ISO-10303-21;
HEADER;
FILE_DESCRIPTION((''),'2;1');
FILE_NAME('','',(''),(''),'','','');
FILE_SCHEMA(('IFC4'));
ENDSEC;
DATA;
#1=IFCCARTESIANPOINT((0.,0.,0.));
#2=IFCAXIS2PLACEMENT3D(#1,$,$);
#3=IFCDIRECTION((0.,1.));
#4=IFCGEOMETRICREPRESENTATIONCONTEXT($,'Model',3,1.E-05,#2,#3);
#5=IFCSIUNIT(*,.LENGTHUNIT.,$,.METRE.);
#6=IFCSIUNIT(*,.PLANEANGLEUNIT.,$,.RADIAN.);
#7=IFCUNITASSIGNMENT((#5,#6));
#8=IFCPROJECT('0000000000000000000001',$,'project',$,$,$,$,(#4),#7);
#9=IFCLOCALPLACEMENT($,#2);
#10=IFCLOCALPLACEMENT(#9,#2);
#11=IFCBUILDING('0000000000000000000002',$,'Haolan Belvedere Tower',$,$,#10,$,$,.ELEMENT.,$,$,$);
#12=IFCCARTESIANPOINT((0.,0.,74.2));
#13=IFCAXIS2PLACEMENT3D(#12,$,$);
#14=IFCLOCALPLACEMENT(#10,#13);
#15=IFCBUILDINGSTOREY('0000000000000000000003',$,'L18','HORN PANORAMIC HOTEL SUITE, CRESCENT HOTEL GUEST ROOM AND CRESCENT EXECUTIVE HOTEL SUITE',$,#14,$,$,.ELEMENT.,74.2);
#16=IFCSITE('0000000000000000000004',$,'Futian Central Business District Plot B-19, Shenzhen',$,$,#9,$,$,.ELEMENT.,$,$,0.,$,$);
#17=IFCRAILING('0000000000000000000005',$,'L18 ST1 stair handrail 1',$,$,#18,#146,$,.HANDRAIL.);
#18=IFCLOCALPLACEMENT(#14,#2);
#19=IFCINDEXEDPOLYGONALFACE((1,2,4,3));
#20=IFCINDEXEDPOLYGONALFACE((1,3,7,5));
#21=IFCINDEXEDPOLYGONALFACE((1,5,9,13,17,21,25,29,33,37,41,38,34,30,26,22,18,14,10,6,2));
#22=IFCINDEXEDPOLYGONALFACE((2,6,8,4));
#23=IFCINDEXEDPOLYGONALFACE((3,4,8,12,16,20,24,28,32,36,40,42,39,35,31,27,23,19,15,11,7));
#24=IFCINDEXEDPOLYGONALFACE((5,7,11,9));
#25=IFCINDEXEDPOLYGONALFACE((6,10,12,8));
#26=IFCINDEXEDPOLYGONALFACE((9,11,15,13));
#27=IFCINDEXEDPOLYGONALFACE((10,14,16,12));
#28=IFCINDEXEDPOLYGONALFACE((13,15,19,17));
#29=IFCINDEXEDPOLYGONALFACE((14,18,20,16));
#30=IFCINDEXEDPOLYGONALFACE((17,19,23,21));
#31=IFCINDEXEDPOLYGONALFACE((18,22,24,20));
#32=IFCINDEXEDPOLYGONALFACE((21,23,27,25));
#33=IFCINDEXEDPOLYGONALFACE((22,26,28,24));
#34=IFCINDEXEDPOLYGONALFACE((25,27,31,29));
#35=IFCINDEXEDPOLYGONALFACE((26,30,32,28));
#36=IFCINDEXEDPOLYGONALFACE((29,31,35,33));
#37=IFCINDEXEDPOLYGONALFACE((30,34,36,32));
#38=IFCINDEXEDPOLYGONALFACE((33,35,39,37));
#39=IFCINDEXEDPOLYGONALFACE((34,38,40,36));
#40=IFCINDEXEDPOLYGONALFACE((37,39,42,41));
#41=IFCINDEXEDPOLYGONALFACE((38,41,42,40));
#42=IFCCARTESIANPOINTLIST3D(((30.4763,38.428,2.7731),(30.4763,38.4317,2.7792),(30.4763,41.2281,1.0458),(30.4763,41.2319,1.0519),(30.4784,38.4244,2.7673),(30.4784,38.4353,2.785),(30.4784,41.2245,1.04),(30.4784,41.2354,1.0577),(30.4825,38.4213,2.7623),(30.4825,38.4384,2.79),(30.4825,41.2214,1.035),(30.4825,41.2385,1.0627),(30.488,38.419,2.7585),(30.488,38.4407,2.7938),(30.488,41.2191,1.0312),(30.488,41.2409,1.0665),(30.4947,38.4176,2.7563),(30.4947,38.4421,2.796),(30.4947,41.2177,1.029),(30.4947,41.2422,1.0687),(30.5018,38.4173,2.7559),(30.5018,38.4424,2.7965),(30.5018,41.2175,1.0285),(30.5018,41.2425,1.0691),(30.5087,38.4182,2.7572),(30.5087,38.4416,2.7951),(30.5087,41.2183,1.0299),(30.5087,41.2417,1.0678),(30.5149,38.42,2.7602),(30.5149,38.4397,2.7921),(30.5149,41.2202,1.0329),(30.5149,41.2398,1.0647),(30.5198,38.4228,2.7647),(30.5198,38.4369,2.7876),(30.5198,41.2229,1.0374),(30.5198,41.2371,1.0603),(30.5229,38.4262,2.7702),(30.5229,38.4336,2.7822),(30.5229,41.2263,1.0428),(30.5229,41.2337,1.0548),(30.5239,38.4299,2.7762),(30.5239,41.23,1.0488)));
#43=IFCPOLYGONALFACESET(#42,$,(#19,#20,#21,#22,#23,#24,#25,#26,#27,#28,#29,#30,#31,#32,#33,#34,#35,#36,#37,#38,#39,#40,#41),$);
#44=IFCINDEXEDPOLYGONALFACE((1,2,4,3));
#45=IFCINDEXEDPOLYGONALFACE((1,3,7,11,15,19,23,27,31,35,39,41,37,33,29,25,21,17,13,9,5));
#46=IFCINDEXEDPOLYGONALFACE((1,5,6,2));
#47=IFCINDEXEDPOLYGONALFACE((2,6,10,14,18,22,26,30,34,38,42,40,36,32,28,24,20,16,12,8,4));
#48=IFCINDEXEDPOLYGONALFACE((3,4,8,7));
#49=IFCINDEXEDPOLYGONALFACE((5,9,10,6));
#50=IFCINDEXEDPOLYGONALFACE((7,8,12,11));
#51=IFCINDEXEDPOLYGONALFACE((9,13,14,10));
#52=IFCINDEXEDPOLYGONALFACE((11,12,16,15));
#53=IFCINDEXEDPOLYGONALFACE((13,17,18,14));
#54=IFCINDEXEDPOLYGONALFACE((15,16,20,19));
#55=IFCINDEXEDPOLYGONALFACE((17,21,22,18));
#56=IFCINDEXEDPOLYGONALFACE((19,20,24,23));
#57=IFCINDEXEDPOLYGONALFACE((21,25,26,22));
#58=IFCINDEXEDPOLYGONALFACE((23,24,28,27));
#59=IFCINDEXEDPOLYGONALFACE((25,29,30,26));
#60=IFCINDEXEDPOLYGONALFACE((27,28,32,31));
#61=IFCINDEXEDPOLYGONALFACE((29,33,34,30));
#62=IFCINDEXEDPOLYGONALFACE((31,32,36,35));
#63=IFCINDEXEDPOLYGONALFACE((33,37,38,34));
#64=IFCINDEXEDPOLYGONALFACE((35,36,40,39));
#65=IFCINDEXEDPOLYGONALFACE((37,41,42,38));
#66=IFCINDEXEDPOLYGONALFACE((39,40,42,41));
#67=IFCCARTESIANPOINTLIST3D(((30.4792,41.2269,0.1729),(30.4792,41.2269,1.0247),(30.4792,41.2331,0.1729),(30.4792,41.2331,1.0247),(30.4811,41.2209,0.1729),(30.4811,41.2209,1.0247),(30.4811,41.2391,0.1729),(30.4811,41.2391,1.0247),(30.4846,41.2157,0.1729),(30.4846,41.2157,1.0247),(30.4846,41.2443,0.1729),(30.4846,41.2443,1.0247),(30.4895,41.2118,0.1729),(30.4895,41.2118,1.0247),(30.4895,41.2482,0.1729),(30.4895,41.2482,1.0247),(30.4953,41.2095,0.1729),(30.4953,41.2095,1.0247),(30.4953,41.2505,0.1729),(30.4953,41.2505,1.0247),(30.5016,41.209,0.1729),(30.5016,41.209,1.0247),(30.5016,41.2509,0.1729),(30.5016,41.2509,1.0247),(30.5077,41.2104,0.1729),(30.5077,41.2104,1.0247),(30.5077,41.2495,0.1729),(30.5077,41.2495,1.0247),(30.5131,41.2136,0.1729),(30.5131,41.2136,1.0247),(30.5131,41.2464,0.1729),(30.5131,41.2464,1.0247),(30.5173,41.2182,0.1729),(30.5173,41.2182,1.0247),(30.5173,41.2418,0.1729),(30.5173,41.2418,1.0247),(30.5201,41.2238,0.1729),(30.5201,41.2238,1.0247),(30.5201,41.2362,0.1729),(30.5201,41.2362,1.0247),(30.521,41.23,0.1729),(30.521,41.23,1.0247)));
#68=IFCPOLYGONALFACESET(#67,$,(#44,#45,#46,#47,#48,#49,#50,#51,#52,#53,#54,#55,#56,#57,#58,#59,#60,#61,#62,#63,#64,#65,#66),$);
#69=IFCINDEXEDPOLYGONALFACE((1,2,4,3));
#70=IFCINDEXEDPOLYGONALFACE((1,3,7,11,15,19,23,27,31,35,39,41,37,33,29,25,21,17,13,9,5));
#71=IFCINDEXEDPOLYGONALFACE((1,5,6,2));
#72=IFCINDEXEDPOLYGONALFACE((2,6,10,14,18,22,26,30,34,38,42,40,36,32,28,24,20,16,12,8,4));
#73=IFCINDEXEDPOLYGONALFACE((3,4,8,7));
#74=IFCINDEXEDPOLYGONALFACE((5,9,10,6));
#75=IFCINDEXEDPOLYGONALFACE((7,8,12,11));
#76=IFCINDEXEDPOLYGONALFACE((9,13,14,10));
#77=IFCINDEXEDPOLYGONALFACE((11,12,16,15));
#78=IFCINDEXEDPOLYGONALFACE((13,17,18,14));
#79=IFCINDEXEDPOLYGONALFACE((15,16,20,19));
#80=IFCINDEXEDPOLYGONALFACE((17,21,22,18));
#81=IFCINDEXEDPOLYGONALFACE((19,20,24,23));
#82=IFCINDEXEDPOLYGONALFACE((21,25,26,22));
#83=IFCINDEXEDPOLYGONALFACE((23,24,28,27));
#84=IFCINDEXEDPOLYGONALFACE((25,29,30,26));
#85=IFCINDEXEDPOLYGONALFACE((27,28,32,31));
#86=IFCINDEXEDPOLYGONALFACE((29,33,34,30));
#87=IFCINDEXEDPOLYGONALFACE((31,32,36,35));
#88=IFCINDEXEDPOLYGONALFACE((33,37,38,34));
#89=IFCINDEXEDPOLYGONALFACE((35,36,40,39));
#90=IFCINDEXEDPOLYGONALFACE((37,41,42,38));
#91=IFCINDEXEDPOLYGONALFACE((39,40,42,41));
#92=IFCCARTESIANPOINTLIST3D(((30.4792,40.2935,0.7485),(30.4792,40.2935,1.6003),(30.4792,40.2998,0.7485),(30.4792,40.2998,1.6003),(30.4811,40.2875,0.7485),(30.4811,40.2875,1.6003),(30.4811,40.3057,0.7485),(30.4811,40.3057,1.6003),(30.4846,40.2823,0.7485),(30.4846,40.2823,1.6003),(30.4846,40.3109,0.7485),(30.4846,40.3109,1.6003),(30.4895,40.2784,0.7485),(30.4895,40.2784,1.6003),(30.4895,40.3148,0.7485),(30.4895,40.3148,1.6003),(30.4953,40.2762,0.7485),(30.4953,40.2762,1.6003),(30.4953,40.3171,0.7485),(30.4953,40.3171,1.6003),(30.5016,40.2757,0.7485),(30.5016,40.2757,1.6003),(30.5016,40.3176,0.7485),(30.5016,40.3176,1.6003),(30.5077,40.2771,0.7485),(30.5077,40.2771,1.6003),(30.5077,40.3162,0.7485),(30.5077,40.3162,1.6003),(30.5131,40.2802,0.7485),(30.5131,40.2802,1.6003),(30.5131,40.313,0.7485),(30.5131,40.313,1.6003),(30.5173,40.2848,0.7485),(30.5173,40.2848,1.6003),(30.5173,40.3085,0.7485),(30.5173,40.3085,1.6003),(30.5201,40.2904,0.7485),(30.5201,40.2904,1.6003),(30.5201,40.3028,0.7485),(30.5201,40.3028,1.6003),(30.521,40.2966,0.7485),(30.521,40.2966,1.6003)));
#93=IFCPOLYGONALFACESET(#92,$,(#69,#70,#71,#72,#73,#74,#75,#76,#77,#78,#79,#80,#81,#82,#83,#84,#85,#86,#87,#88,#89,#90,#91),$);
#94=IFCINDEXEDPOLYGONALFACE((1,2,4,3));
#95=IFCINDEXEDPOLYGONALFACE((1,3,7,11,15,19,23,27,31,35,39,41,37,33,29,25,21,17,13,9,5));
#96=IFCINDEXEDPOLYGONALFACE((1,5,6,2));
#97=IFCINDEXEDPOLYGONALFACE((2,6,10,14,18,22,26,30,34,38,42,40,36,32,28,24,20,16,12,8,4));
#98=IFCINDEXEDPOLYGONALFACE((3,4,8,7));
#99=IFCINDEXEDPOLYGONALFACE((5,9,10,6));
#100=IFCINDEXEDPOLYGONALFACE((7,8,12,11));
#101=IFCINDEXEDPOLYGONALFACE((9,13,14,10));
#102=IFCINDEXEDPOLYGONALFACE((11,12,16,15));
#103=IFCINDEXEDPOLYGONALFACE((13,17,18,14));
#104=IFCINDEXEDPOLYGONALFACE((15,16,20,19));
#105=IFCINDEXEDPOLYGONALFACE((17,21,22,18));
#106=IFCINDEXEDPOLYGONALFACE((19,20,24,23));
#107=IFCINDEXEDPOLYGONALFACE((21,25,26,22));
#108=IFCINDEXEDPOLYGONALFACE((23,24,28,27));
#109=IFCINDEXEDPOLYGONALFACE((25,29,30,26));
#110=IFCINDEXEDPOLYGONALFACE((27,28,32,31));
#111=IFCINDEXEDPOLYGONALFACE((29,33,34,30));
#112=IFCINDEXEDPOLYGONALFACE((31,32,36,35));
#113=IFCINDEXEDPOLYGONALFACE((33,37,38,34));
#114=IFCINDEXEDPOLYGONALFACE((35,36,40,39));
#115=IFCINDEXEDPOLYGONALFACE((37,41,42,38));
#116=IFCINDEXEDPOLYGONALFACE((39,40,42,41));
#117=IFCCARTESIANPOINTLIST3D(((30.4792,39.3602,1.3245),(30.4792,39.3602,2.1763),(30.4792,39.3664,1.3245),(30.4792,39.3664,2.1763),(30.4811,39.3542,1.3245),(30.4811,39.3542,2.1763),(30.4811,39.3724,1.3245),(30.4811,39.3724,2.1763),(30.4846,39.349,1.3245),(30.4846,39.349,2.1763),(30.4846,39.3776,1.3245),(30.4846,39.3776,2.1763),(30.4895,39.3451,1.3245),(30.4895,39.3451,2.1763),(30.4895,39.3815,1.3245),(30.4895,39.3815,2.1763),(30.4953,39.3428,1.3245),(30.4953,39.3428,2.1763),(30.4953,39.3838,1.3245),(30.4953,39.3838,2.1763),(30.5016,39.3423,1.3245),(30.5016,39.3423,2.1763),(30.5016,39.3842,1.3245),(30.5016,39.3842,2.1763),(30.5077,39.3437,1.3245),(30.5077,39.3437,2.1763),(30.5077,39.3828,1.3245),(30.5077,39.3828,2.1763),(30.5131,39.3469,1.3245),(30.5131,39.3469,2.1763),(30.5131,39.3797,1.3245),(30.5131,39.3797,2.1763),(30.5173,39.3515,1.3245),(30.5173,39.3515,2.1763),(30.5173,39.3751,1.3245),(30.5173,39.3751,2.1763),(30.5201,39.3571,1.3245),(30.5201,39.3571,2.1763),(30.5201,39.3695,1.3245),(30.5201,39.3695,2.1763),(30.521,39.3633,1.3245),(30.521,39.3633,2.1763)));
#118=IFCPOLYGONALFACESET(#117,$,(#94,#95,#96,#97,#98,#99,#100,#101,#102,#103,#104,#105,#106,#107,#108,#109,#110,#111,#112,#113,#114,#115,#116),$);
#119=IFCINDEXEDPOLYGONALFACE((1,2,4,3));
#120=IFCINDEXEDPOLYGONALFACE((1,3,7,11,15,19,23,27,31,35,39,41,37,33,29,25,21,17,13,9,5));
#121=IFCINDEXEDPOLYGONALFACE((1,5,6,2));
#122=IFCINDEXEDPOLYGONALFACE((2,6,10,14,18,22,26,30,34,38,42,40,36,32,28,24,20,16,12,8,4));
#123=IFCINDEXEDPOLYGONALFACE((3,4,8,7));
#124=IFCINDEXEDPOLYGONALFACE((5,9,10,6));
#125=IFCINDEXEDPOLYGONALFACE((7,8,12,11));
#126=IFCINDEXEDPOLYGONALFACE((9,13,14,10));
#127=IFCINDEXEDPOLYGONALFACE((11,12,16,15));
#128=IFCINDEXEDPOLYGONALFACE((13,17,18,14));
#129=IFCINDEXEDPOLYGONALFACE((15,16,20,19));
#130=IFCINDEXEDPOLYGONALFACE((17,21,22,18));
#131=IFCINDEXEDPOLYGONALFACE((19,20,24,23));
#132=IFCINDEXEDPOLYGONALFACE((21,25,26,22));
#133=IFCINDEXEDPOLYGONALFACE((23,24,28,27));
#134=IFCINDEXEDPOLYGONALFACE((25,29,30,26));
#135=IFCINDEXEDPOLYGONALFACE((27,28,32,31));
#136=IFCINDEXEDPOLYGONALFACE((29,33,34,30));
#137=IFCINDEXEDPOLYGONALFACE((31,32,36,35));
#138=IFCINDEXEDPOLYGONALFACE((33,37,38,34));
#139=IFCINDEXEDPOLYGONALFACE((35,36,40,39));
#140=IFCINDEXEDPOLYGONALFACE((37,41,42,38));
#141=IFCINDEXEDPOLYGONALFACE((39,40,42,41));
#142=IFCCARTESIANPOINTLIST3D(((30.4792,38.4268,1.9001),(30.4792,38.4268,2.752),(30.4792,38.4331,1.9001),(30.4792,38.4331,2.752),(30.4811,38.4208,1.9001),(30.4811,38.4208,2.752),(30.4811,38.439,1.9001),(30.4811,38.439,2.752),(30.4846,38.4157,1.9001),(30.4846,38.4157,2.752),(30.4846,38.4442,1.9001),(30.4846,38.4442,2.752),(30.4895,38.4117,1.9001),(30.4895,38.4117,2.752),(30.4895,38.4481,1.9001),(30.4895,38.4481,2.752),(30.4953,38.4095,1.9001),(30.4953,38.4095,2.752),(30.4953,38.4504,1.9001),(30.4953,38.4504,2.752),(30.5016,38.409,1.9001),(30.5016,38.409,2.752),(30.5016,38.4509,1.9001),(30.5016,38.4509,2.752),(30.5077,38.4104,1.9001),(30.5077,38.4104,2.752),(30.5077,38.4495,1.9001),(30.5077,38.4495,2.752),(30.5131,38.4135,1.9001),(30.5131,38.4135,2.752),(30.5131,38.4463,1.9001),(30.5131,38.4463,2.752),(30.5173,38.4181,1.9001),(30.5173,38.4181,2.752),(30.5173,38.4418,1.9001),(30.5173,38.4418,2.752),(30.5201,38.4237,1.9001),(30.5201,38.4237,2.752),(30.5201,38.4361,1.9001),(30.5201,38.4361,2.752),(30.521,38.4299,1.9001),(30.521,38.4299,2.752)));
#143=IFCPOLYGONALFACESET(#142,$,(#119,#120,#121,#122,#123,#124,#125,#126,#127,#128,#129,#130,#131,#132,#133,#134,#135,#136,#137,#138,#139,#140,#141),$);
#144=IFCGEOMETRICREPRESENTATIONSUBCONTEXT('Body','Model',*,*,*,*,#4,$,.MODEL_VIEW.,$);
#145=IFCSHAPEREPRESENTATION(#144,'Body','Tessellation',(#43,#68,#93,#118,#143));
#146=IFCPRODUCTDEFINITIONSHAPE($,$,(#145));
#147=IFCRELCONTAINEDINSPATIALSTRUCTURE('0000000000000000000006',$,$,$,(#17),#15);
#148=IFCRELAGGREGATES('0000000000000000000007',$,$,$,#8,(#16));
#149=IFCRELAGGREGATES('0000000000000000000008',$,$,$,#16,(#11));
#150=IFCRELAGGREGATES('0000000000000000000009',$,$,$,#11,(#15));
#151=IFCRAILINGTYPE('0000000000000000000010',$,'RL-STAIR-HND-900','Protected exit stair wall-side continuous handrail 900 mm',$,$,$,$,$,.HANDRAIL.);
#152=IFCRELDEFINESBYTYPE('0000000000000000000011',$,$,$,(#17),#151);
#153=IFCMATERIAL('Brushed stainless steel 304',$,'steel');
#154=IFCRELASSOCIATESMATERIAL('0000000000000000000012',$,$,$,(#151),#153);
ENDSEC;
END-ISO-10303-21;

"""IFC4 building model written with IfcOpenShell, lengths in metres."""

from ifc_helpers import new_model, si_unit, direction, frame, origin, origin_2d, place, context, subcontext, project, spatial, circle, extrude, material, type_object, element, save


model = new_model("IFC4")

# Units and contexts
model_context = context("Model", 3, precision=1e-05, world=origin(), true_north=direction((0.0, 1.0)))
body_context = subcontext(model_context, "Body", "Model", "MODEL_VIEW")
ifc_project = project(units=[si_unit("LENGTHUNIT", "METRE"), si_unit("PLANEANGLEUNIT", "RADIAN")], contexts=[model_context])

# Site, building, storey
site_placement = place(None, origin())
site = spatial("IfcSite", under=ifc_project, at=site_placement, Name="Futian Central Business District Plot B-19, Shenzhen", CompositionType="ELEMENT", RefElevation=0.0)
building_placement = place(site_placement, origin())
building = spatial("IfcBuilding", under=site, at=building_placement, Name="Haolan Belvedere Tower", CompositionType="ELEMENT")
storey_placement = place(building_placement, frame((0.0, 0.0, 74.2)))
storey = spatial("IfcBuildingStorey", under=building, at=storey_placement, Name="L18", Description="HORN PANORAMIC HOTEL SUITE, CRESCENT HOTEL GUEST ROOM AND CRESCENT EXECUTIVE HOTEL SUITE", CompositionType="ELEMENT", Elevation=74.2)

# Railing
ifc_material_1 = material(Name="Brushed stainless steel 304", Category="steel")
railing_type_1 = type_object("IfcRailingType", Name="RL-STAIR-HND-900", Description="Protected exit stair wall-side continuous handrail 900 mm", PredefinedType="HANDRAIL", material=ifc_material_1)
railing_1_placement = place(storey_placement, frame((30.5, 41.23, 0.1729)))
element("IfcRailing", 1, at=railing_1_placement, inside=storey, type_object=railing_type_1, Name="L18 ST1 stair handrail 1", PredefinedType="HANDRAIL", context=body_context, shape_type="SweptSolid", body=[
    extrude(circle(Radius=0.0239, at=origin_2d()), frame((0.0, 0.0, 0.876), z_axis=(0.0, -0.85109, 0.52502), x_axis=(1.0, 0.0, 0.0)), (0.0, 0.0, 1.0), 3.29),
    extrude(circle(Radius=0.021, at=origin_2d()), origin(), (0.0, 0.0, 1.0), 0.8518),
    extrude(circle(Radius=0.021, at=origin_2d()), frame((0.0, -0.9333, 0.5757)), (0.0, 0.0, 1.0), 0.8518),
    extrude(circle(Radius=0.021, at=origin_2d()), frame((0.0, -1.8667, 1.1516)), (0.0, 0.0, 1.0), 0.8518),
    extrude(circle(Radius=0.021, at=origin_2d()), frame((0.0, -2.8, 1.7273)), (0.0, 0.0, 1.0), 0.8518),
])

save(model, "model.ifc")
